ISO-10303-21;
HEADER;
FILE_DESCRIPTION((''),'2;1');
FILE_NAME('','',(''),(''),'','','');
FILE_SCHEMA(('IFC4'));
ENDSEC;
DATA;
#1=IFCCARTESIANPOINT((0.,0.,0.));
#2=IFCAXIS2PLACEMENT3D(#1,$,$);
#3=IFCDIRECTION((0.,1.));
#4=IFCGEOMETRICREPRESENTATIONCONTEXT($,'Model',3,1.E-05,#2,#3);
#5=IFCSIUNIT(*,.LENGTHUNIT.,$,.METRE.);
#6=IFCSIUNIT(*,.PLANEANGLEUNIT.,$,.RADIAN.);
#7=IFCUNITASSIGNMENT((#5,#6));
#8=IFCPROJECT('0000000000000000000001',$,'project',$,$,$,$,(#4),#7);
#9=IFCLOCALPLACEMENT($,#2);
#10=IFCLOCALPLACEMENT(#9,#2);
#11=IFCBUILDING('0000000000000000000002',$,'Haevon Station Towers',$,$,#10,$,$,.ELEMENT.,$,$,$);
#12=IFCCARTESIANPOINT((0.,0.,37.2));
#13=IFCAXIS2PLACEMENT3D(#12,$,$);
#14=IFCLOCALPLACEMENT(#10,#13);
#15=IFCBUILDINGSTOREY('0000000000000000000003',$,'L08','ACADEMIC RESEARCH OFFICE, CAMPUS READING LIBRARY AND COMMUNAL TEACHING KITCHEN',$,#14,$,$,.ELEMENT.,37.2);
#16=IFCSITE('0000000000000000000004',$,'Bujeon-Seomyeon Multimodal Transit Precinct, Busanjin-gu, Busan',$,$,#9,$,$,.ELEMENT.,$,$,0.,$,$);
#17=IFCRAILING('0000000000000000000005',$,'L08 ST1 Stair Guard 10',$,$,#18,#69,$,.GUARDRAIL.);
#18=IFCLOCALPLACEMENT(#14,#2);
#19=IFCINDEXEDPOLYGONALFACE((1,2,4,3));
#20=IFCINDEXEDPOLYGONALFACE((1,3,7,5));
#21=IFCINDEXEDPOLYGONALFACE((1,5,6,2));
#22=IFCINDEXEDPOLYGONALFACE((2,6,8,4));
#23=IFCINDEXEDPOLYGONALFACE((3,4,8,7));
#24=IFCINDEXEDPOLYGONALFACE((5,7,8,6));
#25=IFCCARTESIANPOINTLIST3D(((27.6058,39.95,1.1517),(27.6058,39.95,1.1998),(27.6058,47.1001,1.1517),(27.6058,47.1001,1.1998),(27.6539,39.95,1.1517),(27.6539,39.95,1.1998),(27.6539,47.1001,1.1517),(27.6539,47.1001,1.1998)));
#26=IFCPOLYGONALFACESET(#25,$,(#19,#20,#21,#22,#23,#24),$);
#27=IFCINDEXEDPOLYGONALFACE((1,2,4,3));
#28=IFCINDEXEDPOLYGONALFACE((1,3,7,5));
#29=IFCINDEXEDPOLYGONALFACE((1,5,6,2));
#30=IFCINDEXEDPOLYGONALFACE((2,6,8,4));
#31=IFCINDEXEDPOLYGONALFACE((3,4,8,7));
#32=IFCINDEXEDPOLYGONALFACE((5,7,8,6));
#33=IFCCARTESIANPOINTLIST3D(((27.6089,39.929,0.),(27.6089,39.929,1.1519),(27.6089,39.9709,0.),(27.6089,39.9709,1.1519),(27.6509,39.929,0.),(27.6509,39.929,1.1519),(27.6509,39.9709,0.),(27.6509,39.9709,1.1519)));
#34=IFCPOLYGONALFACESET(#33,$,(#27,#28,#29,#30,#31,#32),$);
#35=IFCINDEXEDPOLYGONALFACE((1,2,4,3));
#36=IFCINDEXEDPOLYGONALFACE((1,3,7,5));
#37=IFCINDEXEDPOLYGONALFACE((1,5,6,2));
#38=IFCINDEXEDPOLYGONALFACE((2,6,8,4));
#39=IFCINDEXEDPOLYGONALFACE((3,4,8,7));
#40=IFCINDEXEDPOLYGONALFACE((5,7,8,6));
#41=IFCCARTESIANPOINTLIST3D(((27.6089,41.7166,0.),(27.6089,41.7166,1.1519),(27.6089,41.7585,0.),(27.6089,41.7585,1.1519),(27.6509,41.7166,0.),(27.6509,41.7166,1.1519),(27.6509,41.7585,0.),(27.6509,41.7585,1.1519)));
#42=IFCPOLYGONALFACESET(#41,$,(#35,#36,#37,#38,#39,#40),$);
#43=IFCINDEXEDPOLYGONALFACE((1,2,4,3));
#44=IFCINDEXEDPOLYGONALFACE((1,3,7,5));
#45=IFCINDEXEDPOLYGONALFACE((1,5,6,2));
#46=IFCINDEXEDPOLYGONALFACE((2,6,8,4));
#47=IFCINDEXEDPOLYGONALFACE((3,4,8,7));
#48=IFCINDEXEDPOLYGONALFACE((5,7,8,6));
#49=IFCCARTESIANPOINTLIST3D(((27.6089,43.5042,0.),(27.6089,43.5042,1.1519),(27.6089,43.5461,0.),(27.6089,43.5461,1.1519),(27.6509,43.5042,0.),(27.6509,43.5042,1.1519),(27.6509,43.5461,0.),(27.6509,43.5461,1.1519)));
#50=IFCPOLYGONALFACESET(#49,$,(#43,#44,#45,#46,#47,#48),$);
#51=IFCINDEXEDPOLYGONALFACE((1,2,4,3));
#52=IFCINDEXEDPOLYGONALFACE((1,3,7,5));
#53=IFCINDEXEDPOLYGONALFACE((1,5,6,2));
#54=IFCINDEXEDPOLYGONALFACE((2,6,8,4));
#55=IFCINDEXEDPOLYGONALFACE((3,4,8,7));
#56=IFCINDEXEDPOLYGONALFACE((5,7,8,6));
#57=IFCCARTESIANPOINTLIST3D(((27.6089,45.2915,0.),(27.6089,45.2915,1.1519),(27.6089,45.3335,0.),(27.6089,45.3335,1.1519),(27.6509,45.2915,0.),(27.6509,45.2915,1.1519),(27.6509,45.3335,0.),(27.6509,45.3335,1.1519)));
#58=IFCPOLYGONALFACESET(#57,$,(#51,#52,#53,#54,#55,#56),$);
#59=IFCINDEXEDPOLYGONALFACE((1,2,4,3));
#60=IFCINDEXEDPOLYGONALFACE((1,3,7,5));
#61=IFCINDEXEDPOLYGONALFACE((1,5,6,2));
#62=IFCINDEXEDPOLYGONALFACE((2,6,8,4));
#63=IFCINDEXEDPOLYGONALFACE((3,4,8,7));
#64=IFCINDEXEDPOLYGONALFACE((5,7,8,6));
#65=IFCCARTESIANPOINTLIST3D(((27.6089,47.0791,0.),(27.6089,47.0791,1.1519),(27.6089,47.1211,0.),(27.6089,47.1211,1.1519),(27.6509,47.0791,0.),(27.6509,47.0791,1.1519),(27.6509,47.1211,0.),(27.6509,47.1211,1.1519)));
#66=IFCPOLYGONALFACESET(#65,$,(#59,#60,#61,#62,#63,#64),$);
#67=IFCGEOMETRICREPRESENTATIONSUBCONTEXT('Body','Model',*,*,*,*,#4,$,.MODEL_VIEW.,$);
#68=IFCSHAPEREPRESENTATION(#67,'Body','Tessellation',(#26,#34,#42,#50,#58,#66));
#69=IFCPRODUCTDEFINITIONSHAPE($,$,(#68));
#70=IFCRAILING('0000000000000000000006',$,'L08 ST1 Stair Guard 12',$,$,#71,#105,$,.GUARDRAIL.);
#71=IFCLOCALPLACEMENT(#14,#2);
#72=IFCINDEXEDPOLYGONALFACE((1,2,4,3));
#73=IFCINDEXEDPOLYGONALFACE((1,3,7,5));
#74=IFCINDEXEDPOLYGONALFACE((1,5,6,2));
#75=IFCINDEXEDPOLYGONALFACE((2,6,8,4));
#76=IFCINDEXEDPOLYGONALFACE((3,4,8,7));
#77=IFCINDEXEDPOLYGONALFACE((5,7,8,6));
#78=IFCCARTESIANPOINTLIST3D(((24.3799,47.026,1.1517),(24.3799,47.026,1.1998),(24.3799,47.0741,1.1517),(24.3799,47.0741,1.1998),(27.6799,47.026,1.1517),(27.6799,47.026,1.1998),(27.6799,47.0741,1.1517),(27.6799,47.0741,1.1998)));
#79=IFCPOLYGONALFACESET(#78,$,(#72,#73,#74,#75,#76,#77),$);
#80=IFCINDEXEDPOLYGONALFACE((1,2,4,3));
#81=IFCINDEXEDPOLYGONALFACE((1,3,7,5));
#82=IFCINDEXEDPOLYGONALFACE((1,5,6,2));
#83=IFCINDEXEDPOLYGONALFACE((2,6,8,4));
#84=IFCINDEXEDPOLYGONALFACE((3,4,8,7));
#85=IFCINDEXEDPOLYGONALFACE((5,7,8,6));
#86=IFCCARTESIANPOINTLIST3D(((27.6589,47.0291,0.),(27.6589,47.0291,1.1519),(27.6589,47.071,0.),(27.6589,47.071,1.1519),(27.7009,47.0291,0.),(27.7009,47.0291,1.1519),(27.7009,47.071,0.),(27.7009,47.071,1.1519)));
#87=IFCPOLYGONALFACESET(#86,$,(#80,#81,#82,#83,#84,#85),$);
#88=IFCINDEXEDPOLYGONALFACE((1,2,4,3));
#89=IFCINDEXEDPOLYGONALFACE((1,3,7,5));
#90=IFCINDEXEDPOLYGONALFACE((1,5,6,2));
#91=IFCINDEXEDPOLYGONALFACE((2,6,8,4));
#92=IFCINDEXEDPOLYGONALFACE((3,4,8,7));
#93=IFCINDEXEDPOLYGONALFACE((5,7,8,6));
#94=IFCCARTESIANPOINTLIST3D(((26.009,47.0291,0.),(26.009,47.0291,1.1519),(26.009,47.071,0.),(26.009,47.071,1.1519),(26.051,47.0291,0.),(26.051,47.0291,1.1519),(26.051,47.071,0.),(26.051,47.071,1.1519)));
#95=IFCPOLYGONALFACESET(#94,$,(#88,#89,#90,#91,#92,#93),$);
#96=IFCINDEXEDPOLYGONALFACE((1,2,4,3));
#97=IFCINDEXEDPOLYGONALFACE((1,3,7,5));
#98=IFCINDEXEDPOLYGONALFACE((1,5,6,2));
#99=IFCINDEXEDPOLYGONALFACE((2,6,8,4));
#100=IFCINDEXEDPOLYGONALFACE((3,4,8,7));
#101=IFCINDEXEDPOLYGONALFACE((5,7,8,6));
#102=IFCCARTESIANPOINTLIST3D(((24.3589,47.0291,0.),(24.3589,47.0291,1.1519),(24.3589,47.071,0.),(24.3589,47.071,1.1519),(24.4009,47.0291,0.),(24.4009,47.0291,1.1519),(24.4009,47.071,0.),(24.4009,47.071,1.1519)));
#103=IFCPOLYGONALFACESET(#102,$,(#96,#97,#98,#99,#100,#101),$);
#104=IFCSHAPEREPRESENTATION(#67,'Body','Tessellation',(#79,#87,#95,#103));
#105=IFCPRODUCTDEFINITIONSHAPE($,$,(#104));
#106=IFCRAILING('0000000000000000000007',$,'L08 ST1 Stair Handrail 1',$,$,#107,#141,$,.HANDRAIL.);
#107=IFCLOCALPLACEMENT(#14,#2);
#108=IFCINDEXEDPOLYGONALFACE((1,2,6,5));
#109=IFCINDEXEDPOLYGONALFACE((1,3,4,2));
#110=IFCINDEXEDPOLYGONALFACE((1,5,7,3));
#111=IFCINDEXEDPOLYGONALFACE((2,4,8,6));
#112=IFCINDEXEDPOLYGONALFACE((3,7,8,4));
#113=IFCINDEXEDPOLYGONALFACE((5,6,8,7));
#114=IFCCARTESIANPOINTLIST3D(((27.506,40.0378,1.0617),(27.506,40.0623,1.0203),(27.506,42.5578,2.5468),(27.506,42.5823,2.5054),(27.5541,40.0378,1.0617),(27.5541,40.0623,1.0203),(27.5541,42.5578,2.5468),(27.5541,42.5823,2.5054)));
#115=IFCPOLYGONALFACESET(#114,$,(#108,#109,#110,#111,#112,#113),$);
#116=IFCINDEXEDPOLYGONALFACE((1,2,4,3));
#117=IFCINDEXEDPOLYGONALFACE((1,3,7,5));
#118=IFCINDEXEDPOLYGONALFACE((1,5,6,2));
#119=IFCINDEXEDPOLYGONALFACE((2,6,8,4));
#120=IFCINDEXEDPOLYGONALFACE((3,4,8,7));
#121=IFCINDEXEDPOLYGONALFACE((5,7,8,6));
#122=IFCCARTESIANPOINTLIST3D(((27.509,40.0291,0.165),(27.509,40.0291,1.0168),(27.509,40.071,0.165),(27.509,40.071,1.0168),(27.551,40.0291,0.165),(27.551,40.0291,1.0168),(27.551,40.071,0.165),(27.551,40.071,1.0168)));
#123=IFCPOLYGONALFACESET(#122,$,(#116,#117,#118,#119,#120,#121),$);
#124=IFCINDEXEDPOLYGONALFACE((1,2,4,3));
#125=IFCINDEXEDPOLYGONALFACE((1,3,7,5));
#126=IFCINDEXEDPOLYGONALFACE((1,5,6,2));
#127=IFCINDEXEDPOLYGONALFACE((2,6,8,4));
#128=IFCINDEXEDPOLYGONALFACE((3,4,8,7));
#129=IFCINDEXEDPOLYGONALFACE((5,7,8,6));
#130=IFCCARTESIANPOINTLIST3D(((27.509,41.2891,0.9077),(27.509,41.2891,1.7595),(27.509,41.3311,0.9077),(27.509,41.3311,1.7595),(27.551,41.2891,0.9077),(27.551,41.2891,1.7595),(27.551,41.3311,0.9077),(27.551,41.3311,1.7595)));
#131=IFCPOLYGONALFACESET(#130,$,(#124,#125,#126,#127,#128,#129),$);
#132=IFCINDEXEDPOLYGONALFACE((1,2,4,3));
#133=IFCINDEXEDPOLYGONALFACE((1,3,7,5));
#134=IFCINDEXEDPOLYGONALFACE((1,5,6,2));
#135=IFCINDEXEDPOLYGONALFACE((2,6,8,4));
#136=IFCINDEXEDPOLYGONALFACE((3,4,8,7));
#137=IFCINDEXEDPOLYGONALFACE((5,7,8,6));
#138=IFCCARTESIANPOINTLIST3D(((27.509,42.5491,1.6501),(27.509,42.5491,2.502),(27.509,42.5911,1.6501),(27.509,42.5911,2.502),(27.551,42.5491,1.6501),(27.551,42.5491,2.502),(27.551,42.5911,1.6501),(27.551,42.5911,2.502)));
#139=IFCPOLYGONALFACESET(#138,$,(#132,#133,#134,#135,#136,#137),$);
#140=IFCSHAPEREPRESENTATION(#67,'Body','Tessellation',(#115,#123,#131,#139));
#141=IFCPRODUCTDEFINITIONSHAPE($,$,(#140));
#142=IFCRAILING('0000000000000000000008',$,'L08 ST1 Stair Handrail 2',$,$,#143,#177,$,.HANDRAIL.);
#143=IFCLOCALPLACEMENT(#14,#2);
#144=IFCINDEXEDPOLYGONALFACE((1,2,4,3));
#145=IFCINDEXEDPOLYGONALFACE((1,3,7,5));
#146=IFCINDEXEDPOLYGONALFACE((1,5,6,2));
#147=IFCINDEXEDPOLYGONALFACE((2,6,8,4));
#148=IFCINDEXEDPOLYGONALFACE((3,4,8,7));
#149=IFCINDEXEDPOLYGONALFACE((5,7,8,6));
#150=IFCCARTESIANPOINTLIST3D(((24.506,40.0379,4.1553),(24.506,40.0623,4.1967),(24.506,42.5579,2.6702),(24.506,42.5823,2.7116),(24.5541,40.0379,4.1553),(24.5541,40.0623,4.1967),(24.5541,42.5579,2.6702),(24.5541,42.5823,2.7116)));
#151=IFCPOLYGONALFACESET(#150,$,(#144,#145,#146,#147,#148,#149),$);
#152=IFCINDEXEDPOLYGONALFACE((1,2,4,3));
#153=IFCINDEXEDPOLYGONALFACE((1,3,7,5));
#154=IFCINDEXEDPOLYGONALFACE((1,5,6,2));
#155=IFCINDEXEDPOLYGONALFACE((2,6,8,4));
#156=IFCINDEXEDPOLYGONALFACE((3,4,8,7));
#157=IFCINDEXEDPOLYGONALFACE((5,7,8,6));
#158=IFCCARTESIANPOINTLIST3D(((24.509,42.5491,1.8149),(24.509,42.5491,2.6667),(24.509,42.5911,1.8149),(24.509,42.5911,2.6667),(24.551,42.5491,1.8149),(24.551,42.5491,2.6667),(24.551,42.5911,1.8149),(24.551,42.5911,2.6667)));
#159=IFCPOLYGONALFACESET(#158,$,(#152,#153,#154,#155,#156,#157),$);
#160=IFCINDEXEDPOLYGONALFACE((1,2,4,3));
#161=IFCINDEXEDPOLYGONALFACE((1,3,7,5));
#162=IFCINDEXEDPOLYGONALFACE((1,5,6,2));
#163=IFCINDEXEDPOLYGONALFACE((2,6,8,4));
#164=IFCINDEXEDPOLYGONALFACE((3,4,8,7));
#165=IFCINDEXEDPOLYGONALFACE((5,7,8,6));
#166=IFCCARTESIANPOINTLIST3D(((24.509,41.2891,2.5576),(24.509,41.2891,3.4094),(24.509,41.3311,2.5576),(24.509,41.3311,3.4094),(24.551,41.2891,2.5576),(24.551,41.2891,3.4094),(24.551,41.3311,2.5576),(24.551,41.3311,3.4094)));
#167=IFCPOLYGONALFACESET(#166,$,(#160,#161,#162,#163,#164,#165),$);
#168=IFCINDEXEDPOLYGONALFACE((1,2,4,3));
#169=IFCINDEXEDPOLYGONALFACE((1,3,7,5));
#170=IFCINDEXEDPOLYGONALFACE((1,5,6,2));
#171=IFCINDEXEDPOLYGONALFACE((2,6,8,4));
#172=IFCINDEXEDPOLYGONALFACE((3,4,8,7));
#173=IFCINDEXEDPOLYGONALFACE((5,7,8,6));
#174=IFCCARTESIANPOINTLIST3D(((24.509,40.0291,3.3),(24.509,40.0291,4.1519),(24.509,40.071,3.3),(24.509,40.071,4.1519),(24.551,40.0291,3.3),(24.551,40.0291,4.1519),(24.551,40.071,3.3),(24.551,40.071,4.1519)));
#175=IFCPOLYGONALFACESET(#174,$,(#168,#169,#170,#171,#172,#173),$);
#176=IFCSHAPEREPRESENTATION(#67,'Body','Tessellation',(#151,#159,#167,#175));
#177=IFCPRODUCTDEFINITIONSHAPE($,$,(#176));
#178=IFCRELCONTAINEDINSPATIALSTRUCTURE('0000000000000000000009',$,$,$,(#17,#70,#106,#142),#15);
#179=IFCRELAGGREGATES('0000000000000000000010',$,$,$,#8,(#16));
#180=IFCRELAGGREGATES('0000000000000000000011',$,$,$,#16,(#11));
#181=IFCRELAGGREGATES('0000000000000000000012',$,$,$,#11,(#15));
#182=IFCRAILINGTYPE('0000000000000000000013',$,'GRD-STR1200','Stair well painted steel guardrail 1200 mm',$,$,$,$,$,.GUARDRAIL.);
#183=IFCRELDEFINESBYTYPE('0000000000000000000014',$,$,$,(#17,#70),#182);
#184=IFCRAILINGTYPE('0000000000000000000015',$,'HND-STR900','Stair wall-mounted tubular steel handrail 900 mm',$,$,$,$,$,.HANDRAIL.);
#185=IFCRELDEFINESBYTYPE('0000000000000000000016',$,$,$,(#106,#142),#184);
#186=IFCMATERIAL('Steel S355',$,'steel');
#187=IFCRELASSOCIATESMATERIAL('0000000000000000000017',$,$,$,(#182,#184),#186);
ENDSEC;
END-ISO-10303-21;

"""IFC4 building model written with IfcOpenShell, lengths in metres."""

from ifc_helpers import new_model, si_unit, direction, frame, origin, origin_2d, place, context, subcontext, project, spatial, rectangle, extrude, material, type_object, element, save


model = new_model("IFC4")

# Units and contexts
model_context = context("Model", 3, precision=1e-05, world=origin(), true_north=direction((0.0, 1.0)))
body_context = subcontext(model_context, "Body", "Model", "MODEL_VIEW")
ifc_project = project(units=[si_unit("LENGTHUNIT", "METRE"), si_unit("PLANEANGLEUNIT", "RADIAN")], contexts=[model_context])

# Site, building, storey
site_placement = place(None, origin())
site = spatial("IfcSite", under=ifc_project, at=site_placement, Name="Bujeon-Seomyeon Multimodal Transit Precinct, Busanjin-gu, Busan", CompositionType="ELEMENT", RefElevation=0.0)
building_placement = place(site_placement, origin())
building = spatial("IfcBuilding", under=site, at=building_placement, Name="Haevon Station Towers", CompositionType="ELEMENT")
storey_placement = place(building_placement, frame((0.0, 0.0, 37.2)))
storey = spatial("IfcBuildingStorey", under=building, at=storey_placement, Name="L08", Description="ACADEMIC RESEARCH OFFICE, CAMPUS READING LIBRARY AND COMMUNAL TEACHING KITCHEN", CompositionType="ELEMENT", Elevation=37.2)

# Shared definitions
ifc_material_1 = material(Name="Steel S355", Category="steel")

# Railings
railing_type_1 = type_object("IfcRailingType", Name="GRD-STR1200", Description="Stair well painted steel guardrail 1200 mm", PredefinedType="GUARDRAIL", material=ifc_material_1)
railing_1_placement = place(storey_placement, frame((27.6299, 39.95, 0.0)))
element("IfcRailing", 1, at=railing_1_placement, inside=storey, type_object=railing_type_1, Name="L08 ST1 Stair Guard 10", PredefinedType="GUARDRAIL", context=body_context, shape_type="SweptSolid", body=[
    extrude(rectangle(XDim=0.0481, YDim=0.0481, at=origin_2d()), frame((0.0, 0.0, 1.1758), z_axis=(0.0, 1.0, 0.0), x_axis=(-1.0, 0.0, 0.0)), (0.0, 0.0, 1.0), 7.1501),
    extrude(rectangle(XDim=0.042, YDim=0.042, at=origin_2d()), origin(), (0.0, 0.0, 1.0), 1.1519),
    extrude(rectangle(XDim=0.042, YDim=0.042, at=origin_2d()), frame((0.0, 1.7876, 0.0)), (0.0, 0.0, 1.0), 1.1519),
    extrude(rectangle(XDim=0.042, YDim=0.042, at=origin_2d()), frame((0.0, 3.5752, 0.0)), (0.0, 0.0, 1.0), 1.1519),
    extrude(rectangle(XDim=0.042, YDim=0.042, at=origin_2d()), frame((0.0, 5.3625, 0.0)), (0.0, 0.0, 1.0), 1.1519),
    extrude(rectangle(XDim=0.042, YDim=0.042, at=origin_2d()), frame((0.0, 7.1501, 0.0)), (0.0, 0.0, 1.0), 1.1519),
])
railing_2_placement = place(storey_placement, frame((27.6799, 47.05, 0.0)))
element("IfcRailing", 2, at=railing_2_placement, inside=storey, type_object=railing_type_1, Name="L08 ST1 Stair Guard 12", PredefinedType="GUARDRAIL", context=body_context, shape_type="SweptSolid", body=[
    extrude(rectangle(XDim=0.0481, YDim=0.0481, at=origin_2d()), frame((0.0, 0.0, 1.1758), z_axis=(-1.0, 0.0, 0.0), x_axis=(0.0, -1.0, 0.0)), (0.0, 0.0, 1.0), 3.3),
    extrude(rectangle(XDim=0.042, YDim=0.042, at=origin_2d()), origin(), (0.0, 0.0, 1.0), 1.1519),
    extrude(rectangle(XDim=0.042, YDim=0.042, at=origin_2d()), frame((-1.6499, 0.0, 0.0)), (0.0, 0.0, 1.0), 1.1519),
    extrude(rectangle(XDim=0.042, YDim=0.042, at=origin_2d()), frame((-3.3, 0.0, 0.0)), (0.0, 0.0, 1.0), 1.1519),
])
railing_type_2 = type_object("IfcRailingType", Name="HND-STR900", Description="Stair wall-mounted tubular steel handrail 900 mm", PredefinedType="HANDRAIL", material=ifc_material_1)
railing_3_placement = place(storey_placement, frame((27.53, 40.05, 0.165)))
element("IfcRailing", 3, at=railing_3_placement, inside=storey, type_object=railing_type_2, Name="L08 ST1 Stair Handrail 1", PredefinedType="HANDRAIL", context=body_context, shape_type="SweptSolid", body=[
    extrude(rectangle(XDim=0.0481, YDim=0.0481, at=origin_2d()), frame((0.0, 0.0, 0.876), z_axis=(0.0, 0.861524, 0.507717), x_axis=(-1.0, 0.0, 0.0)), (0.0, 0.0, 1.0), 2.925),
    extrude(rectangle(XDim=0.042, YDim=0.042, at=origin_2d()), origin(), (0.0, 0.0, 1.0), 0.8518),
    extrude(rectangle(XDim=0.042, YDim=0.042, at=origin_2d()), frame((0.0, 1.26, 0.7427)), (0.0, 0.0, 1.0), 0.8518),
    extrude(rectangle(XDim=0.042, YDim=0.042, at=origin_2d()), frame((0.0, 2.52, 1.4851)), (0.0, 0.0, 1.0), 0.8518),
])
railing_4_placement = place(storey_placement, frame((24.53, 42.5701, 1.8149)))
element("IfcRailing", 4, at=railing_4_placement, inside=storey, type_object=railing_type_2, Name="L08 ST1 Stair Handrail 2", PredefinedType="HANDRAIL", context=body_context, shape_type="SweptSolid", body=[
    extrude(rectangle(XDim=0.0481, YDim=0.0481, at=origin_2d()), frame((0.0, 0.0, 0.876), z_axis=(0.0, -0.861524, 0.507717), x_axis=(1.0, 0.0, 0.0)), (0.0, 0.0, 1.0), 2.925),
    extrude(rectangle(XDim=0.042, YDim=0.042, at=origin_2d()), origin(), (0.0, 0.0, 1.0), 0.8518),
    extrude(rectangle(XDim=0.042, YDim=0.042, at=origin_2d()), frame((0.0, -1.26, 0.7427)), (0.0, 0.0, 1.0), 0.8518),
    extrude(rectangle(XDim=0.042, YDim=0.042, at=origin_2d()), frame((0.0, -2.52, 1.4851)), (0.0, 0.0, 1.0), 0.8518),
])

save(model, "model.ifc")
